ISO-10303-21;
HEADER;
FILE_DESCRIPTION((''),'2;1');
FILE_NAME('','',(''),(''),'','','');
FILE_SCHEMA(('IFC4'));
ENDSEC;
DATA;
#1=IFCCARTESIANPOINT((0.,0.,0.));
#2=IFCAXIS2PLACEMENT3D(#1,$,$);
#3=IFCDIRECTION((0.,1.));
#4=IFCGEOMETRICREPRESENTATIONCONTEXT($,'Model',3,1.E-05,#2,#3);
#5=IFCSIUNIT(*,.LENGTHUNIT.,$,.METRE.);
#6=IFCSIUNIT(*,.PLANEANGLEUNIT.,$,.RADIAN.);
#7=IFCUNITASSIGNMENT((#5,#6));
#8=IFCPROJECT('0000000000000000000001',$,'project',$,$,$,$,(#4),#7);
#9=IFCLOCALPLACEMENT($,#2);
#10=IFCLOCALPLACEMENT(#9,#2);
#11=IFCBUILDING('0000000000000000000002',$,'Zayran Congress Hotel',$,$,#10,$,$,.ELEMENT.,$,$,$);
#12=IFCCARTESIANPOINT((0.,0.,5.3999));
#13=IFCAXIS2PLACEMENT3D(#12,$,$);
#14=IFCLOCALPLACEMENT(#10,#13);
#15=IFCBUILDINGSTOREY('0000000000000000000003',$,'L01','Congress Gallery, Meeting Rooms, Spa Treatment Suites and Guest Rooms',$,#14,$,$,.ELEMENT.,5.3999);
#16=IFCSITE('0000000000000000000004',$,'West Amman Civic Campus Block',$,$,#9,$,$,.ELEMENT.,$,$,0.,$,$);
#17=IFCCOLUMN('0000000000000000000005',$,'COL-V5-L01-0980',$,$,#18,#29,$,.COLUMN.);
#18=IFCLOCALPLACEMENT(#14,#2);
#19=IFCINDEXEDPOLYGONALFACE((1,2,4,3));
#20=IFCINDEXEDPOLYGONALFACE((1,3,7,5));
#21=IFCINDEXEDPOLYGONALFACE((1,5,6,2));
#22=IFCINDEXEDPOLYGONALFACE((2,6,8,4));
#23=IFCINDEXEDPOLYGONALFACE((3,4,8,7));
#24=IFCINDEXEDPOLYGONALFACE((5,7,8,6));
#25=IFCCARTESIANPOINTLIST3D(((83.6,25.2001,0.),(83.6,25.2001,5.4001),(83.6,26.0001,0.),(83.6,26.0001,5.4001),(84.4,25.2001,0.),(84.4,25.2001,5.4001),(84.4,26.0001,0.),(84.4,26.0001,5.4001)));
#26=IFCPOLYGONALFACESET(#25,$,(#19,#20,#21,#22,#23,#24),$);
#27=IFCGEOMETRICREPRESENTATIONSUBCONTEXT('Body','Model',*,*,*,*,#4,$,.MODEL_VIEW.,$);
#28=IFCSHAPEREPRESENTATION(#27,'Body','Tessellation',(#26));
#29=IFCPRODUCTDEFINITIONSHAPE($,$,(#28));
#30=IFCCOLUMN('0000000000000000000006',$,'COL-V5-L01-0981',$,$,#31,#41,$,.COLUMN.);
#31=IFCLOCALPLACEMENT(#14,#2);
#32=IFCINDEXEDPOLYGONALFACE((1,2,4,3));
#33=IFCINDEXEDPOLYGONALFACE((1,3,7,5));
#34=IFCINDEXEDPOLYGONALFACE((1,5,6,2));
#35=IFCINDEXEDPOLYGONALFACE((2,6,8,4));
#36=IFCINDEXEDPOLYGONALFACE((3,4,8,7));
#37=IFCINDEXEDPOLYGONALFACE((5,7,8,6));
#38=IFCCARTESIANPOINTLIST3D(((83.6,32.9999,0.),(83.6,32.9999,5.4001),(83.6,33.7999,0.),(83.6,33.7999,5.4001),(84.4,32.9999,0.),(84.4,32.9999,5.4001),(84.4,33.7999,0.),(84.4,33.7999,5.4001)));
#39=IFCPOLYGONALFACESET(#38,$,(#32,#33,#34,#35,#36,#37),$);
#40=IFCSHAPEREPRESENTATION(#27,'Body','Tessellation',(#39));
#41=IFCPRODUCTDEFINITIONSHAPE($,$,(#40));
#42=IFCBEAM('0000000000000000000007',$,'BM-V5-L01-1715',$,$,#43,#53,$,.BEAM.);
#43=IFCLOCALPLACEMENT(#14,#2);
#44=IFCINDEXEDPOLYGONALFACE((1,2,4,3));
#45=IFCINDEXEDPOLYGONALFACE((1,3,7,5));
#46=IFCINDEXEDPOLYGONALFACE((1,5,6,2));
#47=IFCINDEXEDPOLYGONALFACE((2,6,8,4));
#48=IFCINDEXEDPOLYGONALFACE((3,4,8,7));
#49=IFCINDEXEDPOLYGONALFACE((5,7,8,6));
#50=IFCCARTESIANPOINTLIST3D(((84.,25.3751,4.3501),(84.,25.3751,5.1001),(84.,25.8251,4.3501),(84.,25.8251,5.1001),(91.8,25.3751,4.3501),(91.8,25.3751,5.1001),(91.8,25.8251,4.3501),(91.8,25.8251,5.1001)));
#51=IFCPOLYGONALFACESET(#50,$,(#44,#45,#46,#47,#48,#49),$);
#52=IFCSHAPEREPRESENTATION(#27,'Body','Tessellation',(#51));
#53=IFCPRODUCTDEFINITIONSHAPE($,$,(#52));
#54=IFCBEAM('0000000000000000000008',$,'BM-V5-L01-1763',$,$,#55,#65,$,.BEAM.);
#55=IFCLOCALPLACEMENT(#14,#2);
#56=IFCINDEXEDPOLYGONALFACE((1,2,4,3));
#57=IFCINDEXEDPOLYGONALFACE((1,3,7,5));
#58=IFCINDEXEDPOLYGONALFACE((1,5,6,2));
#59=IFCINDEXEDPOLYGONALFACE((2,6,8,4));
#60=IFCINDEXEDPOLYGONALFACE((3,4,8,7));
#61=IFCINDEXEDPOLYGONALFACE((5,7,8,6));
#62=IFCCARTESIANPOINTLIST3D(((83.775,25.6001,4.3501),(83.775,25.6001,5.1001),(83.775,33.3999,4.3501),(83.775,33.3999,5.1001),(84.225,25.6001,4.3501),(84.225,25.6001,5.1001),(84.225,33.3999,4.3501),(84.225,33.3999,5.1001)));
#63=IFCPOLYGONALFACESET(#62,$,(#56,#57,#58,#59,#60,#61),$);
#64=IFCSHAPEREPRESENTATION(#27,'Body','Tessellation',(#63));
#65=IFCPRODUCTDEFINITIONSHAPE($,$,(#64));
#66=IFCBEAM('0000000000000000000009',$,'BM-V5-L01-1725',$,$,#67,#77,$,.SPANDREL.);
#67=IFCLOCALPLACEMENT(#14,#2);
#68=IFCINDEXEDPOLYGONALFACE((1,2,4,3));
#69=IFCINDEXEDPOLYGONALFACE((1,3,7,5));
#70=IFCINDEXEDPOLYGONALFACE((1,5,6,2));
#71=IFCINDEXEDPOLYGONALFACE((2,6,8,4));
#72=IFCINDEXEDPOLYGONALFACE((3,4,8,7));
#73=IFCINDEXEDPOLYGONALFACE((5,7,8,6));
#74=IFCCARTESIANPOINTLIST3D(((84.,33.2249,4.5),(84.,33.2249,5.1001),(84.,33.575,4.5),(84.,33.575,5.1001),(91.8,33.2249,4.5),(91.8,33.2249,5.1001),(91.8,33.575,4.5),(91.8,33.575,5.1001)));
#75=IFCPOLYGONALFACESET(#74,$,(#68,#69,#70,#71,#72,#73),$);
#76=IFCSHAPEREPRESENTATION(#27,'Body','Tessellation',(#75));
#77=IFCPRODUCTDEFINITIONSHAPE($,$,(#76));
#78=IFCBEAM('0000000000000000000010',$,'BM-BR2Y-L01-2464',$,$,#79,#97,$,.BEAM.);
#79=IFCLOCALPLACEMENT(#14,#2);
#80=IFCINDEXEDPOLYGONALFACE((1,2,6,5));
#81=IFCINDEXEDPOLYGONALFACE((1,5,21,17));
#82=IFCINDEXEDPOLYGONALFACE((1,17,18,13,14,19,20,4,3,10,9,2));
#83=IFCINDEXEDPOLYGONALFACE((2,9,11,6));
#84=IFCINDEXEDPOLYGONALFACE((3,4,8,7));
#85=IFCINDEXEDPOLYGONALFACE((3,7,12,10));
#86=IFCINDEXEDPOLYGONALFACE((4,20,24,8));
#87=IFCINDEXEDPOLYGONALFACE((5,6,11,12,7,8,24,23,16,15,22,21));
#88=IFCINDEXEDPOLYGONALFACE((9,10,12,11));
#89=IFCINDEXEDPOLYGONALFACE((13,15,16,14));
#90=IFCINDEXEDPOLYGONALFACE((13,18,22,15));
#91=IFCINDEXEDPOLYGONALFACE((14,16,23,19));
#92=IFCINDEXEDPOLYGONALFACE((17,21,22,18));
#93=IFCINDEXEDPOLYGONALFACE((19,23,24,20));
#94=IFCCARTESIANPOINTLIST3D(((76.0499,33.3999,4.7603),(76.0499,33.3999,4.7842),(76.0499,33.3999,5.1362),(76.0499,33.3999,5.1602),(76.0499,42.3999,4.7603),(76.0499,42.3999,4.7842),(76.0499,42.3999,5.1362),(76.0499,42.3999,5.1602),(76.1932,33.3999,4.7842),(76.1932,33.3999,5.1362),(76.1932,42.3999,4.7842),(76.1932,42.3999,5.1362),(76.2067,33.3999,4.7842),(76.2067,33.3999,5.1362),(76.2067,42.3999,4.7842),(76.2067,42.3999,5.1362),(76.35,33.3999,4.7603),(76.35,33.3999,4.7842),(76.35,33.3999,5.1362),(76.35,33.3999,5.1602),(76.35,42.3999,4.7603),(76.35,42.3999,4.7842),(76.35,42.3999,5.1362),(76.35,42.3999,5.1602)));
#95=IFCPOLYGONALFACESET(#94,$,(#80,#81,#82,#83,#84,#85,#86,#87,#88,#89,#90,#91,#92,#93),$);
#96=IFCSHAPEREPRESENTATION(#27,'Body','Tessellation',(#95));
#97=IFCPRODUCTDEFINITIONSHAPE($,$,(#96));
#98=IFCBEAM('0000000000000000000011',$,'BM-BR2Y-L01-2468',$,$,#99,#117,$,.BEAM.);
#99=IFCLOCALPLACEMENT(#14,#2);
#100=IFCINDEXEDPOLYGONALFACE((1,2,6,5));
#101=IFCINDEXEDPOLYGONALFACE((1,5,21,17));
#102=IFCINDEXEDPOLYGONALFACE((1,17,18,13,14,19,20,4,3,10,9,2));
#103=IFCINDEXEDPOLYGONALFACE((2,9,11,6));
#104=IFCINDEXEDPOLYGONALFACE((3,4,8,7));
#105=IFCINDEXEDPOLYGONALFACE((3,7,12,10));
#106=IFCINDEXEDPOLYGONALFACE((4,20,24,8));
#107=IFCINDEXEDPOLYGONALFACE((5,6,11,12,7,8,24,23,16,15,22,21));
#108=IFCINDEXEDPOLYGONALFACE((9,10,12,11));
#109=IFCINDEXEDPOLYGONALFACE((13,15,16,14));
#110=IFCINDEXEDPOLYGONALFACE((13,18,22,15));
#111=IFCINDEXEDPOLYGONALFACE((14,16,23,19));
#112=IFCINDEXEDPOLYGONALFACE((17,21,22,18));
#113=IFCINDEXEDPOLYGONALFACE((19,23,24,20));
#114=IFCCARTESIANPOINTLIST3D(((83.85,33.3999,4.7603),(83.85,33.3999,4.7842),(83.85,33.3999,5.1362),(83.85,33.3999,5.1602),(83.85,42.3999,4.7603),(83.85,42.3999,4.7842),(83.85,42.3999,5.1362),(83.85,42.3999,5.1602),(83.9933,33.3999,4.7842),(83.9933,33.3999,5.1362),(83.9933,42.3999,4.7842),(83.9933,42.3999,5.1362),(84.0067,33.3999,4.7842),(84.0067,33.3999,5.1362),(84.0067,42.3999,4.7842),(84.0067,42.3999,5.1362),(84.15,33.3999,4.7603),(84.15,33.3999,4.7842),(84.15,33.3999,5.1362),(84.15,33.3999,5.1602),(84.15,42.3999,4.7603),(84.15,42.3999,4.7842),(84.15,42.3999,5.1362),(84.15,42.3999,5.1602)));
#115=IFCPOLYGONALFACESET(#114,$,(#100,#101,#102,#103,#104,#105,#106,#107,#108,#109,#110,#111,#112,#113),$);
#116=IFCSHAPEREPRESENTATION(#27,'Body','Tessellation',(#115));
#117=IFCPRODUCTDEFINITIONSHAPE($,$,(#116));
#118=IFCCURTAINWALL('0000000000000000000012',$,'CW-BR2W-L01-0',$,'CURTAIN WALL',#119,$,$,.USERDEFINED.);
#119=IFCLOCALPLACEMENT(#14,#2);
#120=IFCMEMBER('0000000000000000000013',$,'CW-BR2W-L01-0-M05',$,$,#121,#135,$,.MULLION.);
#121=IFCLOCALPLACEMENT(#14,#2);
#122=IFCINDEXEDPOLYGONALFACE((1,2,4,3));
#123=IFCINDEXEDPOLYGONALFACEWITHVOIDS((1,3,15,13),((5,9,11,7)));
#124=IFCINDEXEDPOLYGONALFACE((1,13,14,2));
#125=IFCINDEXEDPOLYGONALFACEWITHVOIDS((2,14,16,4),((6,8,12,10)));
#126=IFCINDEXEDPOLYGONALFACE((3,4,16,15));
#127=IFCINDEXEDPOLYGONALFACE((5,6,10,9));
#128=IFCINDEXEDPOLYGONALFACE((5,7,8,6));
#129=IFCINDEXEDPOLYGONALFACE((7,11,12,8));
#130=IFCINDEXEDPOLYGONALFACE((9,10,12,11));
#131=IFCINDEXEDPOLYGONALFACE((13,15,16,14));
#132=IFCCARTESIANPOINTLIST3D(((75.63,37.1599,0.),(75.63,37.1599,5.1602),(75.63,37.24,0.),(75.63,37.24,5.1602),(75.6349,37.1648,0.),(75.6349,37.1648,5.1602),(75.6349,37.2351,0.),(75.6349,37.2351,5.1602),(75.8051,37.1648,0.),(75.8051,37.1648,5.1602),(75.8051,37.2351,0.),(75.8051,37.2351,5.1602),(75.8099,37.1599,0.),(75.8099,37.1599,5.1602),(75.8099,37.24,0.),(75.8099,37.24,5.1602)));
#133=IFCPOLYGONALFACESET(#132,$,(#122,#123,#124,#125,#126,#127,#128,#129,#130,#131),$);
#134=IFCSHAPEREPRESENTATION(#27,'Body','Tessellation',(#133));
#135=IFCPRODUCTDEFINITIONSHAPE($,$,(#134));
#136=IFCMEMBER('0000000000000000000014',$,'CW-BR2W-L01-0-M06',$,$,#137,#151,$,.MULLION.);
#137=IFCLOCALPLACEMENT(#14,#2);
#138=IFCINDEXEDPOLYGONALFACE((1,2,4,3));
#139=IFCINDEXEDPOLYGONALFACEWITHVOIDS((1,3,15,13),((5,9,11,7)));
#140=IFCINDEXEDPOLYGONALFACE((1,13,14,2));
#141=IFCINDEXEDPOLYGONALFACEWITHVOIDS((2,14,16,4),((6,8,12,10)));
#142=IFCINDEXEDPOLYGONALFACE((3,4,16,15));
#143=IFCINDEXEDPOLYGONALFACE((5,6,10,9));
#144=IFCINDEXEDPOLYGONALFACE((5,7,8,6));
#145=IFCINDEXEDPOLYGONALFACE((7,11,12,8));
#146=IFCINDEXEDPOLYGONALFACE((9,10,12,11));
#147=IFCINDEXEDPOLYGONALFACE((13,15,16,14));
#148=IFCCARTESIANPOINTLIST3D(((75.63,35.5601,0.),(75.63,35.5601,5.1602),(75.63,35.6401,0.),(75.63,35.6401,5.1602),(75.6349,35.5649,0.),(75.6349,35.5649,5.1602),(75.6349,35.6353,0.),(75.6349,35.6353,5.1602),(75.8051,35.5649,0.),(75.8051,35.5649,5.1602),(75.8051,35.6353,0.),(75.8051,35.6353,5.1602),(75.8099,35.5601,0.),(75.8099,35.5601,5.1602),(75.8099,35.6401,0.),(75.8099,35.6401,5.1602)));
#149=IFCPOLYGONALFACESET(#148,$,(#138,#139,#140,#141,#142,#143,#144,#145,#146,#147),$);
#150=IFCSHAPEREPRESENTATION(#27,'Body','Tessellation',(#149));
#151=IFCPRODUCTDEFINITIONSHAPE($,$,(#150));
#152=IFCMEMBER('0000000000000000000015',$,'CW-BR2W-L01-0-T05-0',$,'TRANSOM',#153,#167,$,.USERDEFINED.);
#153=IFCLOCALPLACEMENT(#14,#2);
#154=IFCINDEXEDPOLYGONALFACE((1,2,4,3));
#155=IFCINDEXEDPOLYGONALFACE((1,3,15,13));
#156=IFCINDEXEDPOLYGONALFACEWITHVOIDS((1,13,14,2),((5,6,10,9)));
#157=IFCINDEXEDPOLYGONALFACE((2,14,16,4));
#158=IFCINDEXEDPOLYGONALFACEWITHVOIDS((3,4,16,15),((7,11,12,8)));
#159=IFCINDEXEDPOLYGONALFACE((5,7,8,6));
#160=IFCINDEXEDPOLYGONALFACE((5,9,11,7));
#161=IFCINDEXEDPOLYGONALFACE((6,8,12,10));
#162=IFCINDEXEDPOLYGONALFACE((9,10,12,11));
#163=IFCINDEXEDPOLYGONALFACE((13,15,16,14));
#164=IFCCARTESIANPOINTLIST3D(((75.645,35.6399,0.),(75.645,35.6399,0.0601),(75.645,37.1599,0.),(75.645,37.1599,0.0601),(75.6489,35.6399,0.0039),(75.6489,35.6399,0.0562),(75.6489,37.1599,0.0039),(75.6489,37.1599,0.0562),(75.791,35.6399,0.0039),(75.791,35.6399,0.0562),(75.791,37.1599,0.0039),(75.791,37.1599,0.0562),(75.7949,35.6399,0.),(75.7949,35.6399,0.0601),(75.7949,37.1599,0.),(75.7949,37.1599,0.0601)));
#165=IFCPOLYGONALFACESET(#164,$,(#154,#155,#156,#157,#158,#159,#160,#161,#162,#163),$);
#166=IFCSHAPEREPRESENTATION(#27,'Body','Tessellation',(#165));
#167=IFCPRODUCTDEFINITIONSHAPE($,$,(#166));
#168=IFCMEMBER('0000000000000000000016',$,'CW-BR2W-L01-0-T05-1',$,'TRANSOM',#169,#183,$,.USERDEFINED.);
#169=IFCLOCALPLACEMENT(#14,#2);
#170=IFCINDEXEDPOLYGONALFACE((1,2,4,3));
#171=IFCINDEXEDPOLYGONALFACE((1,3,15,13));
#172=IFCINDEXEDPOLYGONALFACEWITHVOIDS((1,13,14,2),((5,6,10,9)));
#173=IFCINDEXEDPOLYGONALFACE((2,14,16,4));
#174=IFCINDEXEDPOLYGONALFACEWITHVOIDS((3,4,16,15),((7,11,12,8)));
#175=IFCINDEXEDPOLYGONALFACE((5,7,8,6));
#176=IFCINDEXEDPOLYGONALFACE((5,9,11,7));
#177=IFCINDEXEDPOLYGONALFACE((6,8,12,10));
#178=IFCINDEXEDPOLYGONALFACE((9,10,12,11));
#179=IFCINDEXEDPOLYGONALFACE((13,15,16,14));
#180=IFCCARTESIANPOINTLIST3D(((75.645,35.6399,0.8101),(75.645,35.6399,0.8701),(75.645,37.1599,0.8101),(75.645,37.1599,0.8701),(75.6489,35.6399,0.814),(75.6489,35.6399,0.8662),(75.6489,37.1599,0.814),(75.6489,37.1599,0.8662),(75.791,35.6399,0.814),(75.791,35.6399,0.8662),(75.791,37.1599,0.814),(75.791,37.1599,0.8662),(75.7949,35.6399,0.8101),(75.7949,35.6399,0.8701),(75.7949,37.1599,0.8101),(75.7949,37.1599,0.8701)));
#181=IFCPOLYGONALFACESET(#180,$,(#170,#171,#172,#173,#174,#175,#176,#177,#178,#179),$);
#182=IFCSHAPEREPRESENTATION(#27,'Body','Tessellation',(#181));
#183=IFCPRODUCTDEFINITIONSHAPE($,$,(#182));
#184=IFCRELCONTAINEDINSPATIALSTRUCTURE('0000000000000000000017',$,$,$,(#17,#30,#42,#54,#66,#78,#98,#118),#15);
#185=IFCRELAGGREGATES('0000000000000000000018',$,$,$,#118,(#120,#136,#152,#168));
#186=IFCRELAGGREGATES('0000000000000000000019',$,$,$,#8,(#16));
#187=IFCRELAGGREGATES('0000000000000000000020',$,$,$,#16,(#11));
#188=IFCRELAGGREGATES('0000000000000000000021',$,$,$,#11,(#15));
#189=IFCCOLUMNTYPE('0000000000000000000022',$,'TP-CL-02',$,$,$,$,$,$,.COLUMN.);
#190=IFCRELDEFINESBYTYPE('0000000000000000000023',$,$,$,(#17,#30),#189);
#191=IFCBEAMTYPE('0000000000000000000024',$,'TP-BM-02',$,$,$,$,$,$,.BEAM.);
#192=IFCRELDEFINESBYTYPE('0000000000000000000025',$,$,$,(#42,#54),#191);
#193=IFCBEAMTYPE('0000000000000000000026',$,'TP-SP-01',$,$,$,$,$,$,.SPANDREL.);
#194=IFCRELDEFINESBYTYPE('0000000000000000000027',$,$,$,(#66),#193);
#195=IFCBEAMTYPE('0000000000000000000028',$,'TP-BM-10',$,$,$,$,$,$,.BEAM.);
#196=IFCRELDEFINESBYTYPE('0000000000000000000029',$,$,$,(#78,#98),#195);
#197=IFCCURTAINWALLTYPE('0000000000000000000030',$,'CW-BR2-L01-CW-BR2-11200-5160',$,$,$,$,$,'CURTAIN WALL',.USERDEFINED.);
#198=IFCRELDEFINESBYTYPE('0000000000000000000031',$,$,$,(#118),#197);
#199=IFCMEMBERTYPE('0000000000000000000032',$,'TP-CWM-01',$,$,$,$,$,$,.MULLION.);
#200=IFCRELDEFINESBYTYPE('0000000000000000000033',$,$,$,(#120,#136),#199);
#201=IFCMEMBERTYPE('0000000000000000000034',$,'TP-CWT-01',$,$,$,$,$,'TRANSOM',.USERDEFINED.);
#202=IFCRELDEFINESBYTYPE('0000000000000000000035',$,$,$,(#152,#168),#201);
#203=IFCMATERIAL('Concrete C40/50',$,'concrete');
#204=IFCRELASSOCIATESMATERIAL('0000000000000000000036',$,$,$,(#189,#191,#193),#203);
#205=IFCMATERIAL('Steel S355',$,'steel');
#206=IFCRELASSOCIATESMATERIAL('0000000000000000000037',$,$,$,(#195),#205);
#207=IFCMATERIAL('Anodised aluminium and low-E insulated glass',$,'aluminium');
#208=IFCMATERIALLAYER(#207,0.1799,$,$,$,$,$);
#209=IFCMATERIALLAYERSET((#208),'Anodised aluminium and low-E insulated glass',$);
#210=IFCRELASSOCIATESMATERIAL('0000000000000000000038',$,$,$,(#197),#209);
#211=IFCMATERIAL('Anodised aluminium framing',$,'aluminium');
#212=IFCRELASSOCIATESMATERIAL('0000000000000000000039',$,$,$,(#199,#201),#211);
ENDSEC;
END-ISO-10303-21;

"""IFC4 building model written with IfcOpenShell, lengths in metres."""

from ifc_helpers import new_model, si_unit, direction, frame, origin, origin_2d, place, context, subcontext, project, spatial, rectangle, hollow_rectangle, i_section, extrude, material, layer, layer_set, material_profile, profile_set, type_object, element, aggregate, save


model = new_model("IFC4")

# Units and contexts
model_context = context("Model", 3, precision=1e-05, world=origin(), true_north=direction((0.0, 1.0)))
body_context = subcontext(model_context, "Body", "Model", "MODEL_VIEW")
ifc_project = project(units=[si_unit("LENGTHUNIT", "METRE"), si_unit("PLANEANGLEUNIT", "RADIAN")], contexts=[model_context])

# Site, building, storey
site_placement = place(None, origin())
site = spatial("IfcSite", under=ifc_project, at=site_placement, Name="West Amman Civic Campus Block", CompositionType="ELEMENT", RefElevation=0.0)
building_placement = place(site_placement, origin())
building = spatial("IfcBuilding", under=site, at=building_placement, Name="Zayran Congress Hotel", CompositionType="ELEMENT")
storey_placement = place(building_placement, frame((0.0, 0.0, 5.3999)))
storey = spatial("IfcBuildingStorey", under=building, at=storey_placement, Name="L01", Description="Congress Gallery, Meeting Rooms, Spa Treatment Suites and Guest Rooms", CompositionType="ELEMENT", Elevation=5.3999)

# Columns
ifc_material_1 = material(Name="Concrete C40/50", Category="concrete")
ifc_material_profile_1 = material_profile(ifc_material_1, rectangle(XDim=0.8, YDim=0.8, at=origin_2d()), Name="RC 800x800")
ifc_profile_set_1 = profile_set([ifc_material_profile_1], Name="Concrete C40/50")
column_type = type_object("IfcColumnType", Name="TP-CL-02", PredefinedType="COLUMN", material=ifc_profile_set_1)
for number, where, z_axis, x_axis, name in (
    (1, (84.0, 25.6001, 0.0), (0.0, 0.0, 1.0), (1.0, 0.0, 0.0), "COL-V5-L01-0980"),
    (2, (84.0, 33.3999, 0.0), (0.0, 0.0, 1.0), (1.0, 0.0, 0.0), "COL-V5-L01-0981"),
):
    element("IfcColumn", number, at=place(storey_placement, frame(where, z_axis=z_axis, x_axis=x_axis)), inside=storey, type_object=column_type, Name=name, PredefinedType="COLUMN", context=body_context, shape_type="SweptSolid", body=[
        extrude(rectangle(XDim=0.8, YDim=0.8, at=origin_2d()), origin(), (0.0, 0.0, 1.0), 5.4001),
    ])

# Beams
ifc_material_profile_2 = material_profile(ifc_material_1, rectangle(XDim=0.45, YDim=0.75, at=origin_2d()), Name="RC 450x750")
ifc_profile_set_2 = profile_set([ifc_material_profile_2], Name="Concrete C40/50")
beam_type_1 = type_object("IfcBeamType", Name="TP-BM-02", PredefinedType="BEAM", material=ifc_profile_set_2)
beam_1_placement = place(storey_placement, frame((84.0, 25.6001, 4.7251), z_axis=(1.0, 0.0, 0.0), x_axis=(0.0, 1.0, 0.0)))
element("IfcBeam", 3, at=beam_1_placement, inside=storey, type_object=beam_type_1, Name="BM-V5-L01-1715", PredefinedType="BEAM", context=body_context, shape_type="SweptSolid", body=[
    extrude(rectangle(XDim=0.45, YDim=0.75, at=origin_2d()), origin(), (0.0, 0.0, 1.0), 7.8),
])
beam_2_placement = place(storey_placement, frame((84.0, 25.6001, 4.7251), z_axis=(0.0, 1.0, 0.0), x_axis=(-1.0, 0.0, 0.0)))
element("IfcBeam", 4, at=beam_2_placement, inside=storey, type_object=beam_type_1, Name="BM-V5-L01-1763", PredefinedType="BEAM", context=body_context, shape_type="SweptSolid", body=[
    extrude(rectangle(XDim=0.45, YDim=0.75, at=origin_2d()), origin(), (0.0, 0.0, 1.0), 7.7998),
])
ifc_material_profile_3 = material_profile(ifc_material_1, rectangle(XDim=0.3501, YDim=0.6001, at=origin_2d()), Name="RC 350x600")
ifc_profile_set_3 = profile_set([ifc_material_profile_3], Name="Concrete C40/50")
beam_type_2 = type_object("IfcBeamType", Name="TP-SP-01", PredefinedType="SPANDREL", material=ifc_profile_set_3)
beam_3_placement = place(storey_placement, frame((84.0, 33.3999, 4.8), z_axis=(1.0, 0.0, 0.0), x_axis=(0.0, 1.0, 0.0)))
element("IfcBeam", 5, at=beam_3_placement, inside=storey, type_object=beam_type_2, Name="BM-V5-L01-1725", PredefinedType="SPANDREL", context=body_context, shape_type="SweptSolid", body=[
    extrude(rectangle(XDim=0.3501, YDim=0.6001, at=origin_2d()), origin(), (0.0, 0.0, 1.0), 7.8),
])
ifc_material_2 = material(Name="Steel S355", Category="steel")
ifc_material_profile_4 = material_profile(ifc_material_2, i_section(OverallWidth=0.3, OverallDepth=0.3999, WebThickness=0.0134, FlangeThickness=0.0239, at=origin_2d()), Name="HEB 400")
ifc_profile_set_4 = profile_set([ifc_material_profile_4], Name="Steel S355")
beam_type_3 = type_object("IfcBeamType", Name="TP-BM-10", PredefinedType="BEAM", material=ifc_profile_set_4)
for number, where, z_axis, x_axis, name in (
    (6, (76.2, 33.3999, 4.9602), (0.0, 1.0, 0.0), (-1.0, 0.0, 0.0), "BM-BR2Y-L01-2464"),
    (7, (84.0, 33.3999, 4.9602), (0.0, 1.0, 0.0), (-1.0, 0.0, 0.0), "BM-BR2Y-L01-2468"),
):
    element("IfcBeam", number, at=place(storey_placement, frame(where, z_axis=z_axis, x_axis=x_axis)), inside=storey, type_object=beam_type_3, Name=name, PredefinedType="BEAM", context=body_context, shape_type="SweptSolid", body=[
        extrude(i_section(OverallWidth=0.3, OverallDepth=0.3999, WebThickness=0.0134, FlangeThickness=0.0239, at=origin_2d()), origin(), (0.0, 0.0, 1.0), 9.0),
    ])

# Curtain wall, members
ifc_material_3 = material(Name="Anodised aluminium and low-E insulated glass", Category="aluminium")
ifc_layer_1 = layer(ifc_material_3, 0.1799)
ifc_layer_set_1 = layer_set([ifc_layer_1], Name="Anodised aluminium and low-E insulated glass")
curtain_wall_type = type_object("IfcCurtainWallType", Name="CW-BR2-L01-CW-BR2-11200-5160", ElementType="CURTAIN WALL", PredefinedType="USERDEFINED", material=ifc_layer_set_1)
curtain_wall_placement = place(storey_placement, origin())
curtain_wall = element("IfcCurtainWall", 8, at=curtain_wall_placement, inside=storey, type_object=curtain_wall_type, Name="CW-BR2W-L01-0", ObjectType="CURTAIN WALL", PredefinedType="USERDEFINED")
ifc_material_4 = material(Name="Anodised aluminium framing", Category="aluminium")
ifc_material_profile_5 = material_profile(ifc_material_4, hollow_rectangle(XDim=0.0801, YDim=0.1799, WallThickness=0.0049, at=origin_2d()), Name="RHS 180x80x5")
ifc_profile_set_5 = profile_set([ifc_material_profile_5], Name="Anodised aluminium framing")
member_type_1 = type_object("IfcMemberType", Name="TP-CWM-01", PredefinedType="MULLION", material=ifc_profile_set_5)
member_1_placement = place(storey_placement, frame((75.72, 37.2, 0.0), z_axis=(0.0, 0.0, 1.0), x_axis=(0.0, 1.0, 0.0)))
member_1 = element("IfcMember", 9, at=member_1_placement, type_object=member_type_1, Name="CW-BR2W-L01-0-M05", PredefinedType="MULLION", context=body_context, shape_type="SweptSolid", body=[
    extrude(hollow_rectangle(XDim=0.0801, YDim=0.1799, WallThickness=0.0049, at=origin_2d()), origin(), (0.0, 0.0, 1.0), 5.1602),
])
member_2_placement = place(storey_placement, frame((75.72, 35.6001, 0.0), z_axis=(0.0, 0.0, 1.0), x_axis=(0.0, 1.0, 0.0)))
member_2 = element("IfcMember", 10, at=member_2_placement, type_object=member_type_1, Name="CW-BR2W-L01-0-M06", PredefinedType="MULLION", context=body_context, shape_type="SweptSolid", body=[
    extrude(hollow_rectangle(XDim=0.0801, YDim=0.1799, WallThickness=0.0049, at=origin_2d()), origin(), (0.0, 0.0, 1.0), 5.1602),
])
ifc_material_profile_6 = material_profile(ifc_material_4, hollow_rectangle(XDim=0.0601, YDim=0.1499, WallThickness=0.0039, at=origin_2d()), Name="RHS 150x60x4")
ifc_profile_set_6 = profile_set([ifc_material_profile_6], Name="Anodised aluminium framing")
member_type_2 = type_object("IfcMemberType", Name="TP-CWT-01", ElementType="TRANSOM", PredefinedType="USERDEFINED", material=ifc_profile_set_6)
member_3_placement = place(storey_placement, frame((75.72, 37.1599, 0.03), z_axis=(0.0, -1.0, 0.0), x_axis=(0.0, 0.0, 1.0)))
member_3 = element("IfcMember", 11, at=member_3_placement, type_object=member_type_2, Name="CW-BR2W-L01-0-T05-0", ObjectType="TRANSOM", PredefinedType="USERDEFINED", context=body_context, shape_type="SweptSolid", body=[
    extrude(hollow_rectangle(XDim=0.0601, YDim=0.1499, WallThickness=0.0039, at=origin_2d()), origin(), (0.0, 0.0, 1.0), 1.52),
])
member_4_placement = place(storey_placement, frame((75.72, 37.1599, 0.8401), z_axis=(0.0, -1.0, 0.0), x_axis=(0.0, 0.0, 1.0)))
member_4 = element("IfcMember", 12, at=member_4_placement, type_object=member_type_2, Name="CW-BR2W-L01-0-T05-1", ObjectType="TRANSOM", PredefinedType="USERDEFINED", context=body_context, shape_type="SweptSolid", body=[
    extrude(hollow_rectangle(XDim=0.0601, YDim=0.1499, WallThickness=0.0039, at=origin_2d()), origin(), (0.0, 0.0, 1.0), 1.52),
])
aggregate(curtain_wall, [member_1, member_2, member_3, member_4])

save(model, "model.ifc")
